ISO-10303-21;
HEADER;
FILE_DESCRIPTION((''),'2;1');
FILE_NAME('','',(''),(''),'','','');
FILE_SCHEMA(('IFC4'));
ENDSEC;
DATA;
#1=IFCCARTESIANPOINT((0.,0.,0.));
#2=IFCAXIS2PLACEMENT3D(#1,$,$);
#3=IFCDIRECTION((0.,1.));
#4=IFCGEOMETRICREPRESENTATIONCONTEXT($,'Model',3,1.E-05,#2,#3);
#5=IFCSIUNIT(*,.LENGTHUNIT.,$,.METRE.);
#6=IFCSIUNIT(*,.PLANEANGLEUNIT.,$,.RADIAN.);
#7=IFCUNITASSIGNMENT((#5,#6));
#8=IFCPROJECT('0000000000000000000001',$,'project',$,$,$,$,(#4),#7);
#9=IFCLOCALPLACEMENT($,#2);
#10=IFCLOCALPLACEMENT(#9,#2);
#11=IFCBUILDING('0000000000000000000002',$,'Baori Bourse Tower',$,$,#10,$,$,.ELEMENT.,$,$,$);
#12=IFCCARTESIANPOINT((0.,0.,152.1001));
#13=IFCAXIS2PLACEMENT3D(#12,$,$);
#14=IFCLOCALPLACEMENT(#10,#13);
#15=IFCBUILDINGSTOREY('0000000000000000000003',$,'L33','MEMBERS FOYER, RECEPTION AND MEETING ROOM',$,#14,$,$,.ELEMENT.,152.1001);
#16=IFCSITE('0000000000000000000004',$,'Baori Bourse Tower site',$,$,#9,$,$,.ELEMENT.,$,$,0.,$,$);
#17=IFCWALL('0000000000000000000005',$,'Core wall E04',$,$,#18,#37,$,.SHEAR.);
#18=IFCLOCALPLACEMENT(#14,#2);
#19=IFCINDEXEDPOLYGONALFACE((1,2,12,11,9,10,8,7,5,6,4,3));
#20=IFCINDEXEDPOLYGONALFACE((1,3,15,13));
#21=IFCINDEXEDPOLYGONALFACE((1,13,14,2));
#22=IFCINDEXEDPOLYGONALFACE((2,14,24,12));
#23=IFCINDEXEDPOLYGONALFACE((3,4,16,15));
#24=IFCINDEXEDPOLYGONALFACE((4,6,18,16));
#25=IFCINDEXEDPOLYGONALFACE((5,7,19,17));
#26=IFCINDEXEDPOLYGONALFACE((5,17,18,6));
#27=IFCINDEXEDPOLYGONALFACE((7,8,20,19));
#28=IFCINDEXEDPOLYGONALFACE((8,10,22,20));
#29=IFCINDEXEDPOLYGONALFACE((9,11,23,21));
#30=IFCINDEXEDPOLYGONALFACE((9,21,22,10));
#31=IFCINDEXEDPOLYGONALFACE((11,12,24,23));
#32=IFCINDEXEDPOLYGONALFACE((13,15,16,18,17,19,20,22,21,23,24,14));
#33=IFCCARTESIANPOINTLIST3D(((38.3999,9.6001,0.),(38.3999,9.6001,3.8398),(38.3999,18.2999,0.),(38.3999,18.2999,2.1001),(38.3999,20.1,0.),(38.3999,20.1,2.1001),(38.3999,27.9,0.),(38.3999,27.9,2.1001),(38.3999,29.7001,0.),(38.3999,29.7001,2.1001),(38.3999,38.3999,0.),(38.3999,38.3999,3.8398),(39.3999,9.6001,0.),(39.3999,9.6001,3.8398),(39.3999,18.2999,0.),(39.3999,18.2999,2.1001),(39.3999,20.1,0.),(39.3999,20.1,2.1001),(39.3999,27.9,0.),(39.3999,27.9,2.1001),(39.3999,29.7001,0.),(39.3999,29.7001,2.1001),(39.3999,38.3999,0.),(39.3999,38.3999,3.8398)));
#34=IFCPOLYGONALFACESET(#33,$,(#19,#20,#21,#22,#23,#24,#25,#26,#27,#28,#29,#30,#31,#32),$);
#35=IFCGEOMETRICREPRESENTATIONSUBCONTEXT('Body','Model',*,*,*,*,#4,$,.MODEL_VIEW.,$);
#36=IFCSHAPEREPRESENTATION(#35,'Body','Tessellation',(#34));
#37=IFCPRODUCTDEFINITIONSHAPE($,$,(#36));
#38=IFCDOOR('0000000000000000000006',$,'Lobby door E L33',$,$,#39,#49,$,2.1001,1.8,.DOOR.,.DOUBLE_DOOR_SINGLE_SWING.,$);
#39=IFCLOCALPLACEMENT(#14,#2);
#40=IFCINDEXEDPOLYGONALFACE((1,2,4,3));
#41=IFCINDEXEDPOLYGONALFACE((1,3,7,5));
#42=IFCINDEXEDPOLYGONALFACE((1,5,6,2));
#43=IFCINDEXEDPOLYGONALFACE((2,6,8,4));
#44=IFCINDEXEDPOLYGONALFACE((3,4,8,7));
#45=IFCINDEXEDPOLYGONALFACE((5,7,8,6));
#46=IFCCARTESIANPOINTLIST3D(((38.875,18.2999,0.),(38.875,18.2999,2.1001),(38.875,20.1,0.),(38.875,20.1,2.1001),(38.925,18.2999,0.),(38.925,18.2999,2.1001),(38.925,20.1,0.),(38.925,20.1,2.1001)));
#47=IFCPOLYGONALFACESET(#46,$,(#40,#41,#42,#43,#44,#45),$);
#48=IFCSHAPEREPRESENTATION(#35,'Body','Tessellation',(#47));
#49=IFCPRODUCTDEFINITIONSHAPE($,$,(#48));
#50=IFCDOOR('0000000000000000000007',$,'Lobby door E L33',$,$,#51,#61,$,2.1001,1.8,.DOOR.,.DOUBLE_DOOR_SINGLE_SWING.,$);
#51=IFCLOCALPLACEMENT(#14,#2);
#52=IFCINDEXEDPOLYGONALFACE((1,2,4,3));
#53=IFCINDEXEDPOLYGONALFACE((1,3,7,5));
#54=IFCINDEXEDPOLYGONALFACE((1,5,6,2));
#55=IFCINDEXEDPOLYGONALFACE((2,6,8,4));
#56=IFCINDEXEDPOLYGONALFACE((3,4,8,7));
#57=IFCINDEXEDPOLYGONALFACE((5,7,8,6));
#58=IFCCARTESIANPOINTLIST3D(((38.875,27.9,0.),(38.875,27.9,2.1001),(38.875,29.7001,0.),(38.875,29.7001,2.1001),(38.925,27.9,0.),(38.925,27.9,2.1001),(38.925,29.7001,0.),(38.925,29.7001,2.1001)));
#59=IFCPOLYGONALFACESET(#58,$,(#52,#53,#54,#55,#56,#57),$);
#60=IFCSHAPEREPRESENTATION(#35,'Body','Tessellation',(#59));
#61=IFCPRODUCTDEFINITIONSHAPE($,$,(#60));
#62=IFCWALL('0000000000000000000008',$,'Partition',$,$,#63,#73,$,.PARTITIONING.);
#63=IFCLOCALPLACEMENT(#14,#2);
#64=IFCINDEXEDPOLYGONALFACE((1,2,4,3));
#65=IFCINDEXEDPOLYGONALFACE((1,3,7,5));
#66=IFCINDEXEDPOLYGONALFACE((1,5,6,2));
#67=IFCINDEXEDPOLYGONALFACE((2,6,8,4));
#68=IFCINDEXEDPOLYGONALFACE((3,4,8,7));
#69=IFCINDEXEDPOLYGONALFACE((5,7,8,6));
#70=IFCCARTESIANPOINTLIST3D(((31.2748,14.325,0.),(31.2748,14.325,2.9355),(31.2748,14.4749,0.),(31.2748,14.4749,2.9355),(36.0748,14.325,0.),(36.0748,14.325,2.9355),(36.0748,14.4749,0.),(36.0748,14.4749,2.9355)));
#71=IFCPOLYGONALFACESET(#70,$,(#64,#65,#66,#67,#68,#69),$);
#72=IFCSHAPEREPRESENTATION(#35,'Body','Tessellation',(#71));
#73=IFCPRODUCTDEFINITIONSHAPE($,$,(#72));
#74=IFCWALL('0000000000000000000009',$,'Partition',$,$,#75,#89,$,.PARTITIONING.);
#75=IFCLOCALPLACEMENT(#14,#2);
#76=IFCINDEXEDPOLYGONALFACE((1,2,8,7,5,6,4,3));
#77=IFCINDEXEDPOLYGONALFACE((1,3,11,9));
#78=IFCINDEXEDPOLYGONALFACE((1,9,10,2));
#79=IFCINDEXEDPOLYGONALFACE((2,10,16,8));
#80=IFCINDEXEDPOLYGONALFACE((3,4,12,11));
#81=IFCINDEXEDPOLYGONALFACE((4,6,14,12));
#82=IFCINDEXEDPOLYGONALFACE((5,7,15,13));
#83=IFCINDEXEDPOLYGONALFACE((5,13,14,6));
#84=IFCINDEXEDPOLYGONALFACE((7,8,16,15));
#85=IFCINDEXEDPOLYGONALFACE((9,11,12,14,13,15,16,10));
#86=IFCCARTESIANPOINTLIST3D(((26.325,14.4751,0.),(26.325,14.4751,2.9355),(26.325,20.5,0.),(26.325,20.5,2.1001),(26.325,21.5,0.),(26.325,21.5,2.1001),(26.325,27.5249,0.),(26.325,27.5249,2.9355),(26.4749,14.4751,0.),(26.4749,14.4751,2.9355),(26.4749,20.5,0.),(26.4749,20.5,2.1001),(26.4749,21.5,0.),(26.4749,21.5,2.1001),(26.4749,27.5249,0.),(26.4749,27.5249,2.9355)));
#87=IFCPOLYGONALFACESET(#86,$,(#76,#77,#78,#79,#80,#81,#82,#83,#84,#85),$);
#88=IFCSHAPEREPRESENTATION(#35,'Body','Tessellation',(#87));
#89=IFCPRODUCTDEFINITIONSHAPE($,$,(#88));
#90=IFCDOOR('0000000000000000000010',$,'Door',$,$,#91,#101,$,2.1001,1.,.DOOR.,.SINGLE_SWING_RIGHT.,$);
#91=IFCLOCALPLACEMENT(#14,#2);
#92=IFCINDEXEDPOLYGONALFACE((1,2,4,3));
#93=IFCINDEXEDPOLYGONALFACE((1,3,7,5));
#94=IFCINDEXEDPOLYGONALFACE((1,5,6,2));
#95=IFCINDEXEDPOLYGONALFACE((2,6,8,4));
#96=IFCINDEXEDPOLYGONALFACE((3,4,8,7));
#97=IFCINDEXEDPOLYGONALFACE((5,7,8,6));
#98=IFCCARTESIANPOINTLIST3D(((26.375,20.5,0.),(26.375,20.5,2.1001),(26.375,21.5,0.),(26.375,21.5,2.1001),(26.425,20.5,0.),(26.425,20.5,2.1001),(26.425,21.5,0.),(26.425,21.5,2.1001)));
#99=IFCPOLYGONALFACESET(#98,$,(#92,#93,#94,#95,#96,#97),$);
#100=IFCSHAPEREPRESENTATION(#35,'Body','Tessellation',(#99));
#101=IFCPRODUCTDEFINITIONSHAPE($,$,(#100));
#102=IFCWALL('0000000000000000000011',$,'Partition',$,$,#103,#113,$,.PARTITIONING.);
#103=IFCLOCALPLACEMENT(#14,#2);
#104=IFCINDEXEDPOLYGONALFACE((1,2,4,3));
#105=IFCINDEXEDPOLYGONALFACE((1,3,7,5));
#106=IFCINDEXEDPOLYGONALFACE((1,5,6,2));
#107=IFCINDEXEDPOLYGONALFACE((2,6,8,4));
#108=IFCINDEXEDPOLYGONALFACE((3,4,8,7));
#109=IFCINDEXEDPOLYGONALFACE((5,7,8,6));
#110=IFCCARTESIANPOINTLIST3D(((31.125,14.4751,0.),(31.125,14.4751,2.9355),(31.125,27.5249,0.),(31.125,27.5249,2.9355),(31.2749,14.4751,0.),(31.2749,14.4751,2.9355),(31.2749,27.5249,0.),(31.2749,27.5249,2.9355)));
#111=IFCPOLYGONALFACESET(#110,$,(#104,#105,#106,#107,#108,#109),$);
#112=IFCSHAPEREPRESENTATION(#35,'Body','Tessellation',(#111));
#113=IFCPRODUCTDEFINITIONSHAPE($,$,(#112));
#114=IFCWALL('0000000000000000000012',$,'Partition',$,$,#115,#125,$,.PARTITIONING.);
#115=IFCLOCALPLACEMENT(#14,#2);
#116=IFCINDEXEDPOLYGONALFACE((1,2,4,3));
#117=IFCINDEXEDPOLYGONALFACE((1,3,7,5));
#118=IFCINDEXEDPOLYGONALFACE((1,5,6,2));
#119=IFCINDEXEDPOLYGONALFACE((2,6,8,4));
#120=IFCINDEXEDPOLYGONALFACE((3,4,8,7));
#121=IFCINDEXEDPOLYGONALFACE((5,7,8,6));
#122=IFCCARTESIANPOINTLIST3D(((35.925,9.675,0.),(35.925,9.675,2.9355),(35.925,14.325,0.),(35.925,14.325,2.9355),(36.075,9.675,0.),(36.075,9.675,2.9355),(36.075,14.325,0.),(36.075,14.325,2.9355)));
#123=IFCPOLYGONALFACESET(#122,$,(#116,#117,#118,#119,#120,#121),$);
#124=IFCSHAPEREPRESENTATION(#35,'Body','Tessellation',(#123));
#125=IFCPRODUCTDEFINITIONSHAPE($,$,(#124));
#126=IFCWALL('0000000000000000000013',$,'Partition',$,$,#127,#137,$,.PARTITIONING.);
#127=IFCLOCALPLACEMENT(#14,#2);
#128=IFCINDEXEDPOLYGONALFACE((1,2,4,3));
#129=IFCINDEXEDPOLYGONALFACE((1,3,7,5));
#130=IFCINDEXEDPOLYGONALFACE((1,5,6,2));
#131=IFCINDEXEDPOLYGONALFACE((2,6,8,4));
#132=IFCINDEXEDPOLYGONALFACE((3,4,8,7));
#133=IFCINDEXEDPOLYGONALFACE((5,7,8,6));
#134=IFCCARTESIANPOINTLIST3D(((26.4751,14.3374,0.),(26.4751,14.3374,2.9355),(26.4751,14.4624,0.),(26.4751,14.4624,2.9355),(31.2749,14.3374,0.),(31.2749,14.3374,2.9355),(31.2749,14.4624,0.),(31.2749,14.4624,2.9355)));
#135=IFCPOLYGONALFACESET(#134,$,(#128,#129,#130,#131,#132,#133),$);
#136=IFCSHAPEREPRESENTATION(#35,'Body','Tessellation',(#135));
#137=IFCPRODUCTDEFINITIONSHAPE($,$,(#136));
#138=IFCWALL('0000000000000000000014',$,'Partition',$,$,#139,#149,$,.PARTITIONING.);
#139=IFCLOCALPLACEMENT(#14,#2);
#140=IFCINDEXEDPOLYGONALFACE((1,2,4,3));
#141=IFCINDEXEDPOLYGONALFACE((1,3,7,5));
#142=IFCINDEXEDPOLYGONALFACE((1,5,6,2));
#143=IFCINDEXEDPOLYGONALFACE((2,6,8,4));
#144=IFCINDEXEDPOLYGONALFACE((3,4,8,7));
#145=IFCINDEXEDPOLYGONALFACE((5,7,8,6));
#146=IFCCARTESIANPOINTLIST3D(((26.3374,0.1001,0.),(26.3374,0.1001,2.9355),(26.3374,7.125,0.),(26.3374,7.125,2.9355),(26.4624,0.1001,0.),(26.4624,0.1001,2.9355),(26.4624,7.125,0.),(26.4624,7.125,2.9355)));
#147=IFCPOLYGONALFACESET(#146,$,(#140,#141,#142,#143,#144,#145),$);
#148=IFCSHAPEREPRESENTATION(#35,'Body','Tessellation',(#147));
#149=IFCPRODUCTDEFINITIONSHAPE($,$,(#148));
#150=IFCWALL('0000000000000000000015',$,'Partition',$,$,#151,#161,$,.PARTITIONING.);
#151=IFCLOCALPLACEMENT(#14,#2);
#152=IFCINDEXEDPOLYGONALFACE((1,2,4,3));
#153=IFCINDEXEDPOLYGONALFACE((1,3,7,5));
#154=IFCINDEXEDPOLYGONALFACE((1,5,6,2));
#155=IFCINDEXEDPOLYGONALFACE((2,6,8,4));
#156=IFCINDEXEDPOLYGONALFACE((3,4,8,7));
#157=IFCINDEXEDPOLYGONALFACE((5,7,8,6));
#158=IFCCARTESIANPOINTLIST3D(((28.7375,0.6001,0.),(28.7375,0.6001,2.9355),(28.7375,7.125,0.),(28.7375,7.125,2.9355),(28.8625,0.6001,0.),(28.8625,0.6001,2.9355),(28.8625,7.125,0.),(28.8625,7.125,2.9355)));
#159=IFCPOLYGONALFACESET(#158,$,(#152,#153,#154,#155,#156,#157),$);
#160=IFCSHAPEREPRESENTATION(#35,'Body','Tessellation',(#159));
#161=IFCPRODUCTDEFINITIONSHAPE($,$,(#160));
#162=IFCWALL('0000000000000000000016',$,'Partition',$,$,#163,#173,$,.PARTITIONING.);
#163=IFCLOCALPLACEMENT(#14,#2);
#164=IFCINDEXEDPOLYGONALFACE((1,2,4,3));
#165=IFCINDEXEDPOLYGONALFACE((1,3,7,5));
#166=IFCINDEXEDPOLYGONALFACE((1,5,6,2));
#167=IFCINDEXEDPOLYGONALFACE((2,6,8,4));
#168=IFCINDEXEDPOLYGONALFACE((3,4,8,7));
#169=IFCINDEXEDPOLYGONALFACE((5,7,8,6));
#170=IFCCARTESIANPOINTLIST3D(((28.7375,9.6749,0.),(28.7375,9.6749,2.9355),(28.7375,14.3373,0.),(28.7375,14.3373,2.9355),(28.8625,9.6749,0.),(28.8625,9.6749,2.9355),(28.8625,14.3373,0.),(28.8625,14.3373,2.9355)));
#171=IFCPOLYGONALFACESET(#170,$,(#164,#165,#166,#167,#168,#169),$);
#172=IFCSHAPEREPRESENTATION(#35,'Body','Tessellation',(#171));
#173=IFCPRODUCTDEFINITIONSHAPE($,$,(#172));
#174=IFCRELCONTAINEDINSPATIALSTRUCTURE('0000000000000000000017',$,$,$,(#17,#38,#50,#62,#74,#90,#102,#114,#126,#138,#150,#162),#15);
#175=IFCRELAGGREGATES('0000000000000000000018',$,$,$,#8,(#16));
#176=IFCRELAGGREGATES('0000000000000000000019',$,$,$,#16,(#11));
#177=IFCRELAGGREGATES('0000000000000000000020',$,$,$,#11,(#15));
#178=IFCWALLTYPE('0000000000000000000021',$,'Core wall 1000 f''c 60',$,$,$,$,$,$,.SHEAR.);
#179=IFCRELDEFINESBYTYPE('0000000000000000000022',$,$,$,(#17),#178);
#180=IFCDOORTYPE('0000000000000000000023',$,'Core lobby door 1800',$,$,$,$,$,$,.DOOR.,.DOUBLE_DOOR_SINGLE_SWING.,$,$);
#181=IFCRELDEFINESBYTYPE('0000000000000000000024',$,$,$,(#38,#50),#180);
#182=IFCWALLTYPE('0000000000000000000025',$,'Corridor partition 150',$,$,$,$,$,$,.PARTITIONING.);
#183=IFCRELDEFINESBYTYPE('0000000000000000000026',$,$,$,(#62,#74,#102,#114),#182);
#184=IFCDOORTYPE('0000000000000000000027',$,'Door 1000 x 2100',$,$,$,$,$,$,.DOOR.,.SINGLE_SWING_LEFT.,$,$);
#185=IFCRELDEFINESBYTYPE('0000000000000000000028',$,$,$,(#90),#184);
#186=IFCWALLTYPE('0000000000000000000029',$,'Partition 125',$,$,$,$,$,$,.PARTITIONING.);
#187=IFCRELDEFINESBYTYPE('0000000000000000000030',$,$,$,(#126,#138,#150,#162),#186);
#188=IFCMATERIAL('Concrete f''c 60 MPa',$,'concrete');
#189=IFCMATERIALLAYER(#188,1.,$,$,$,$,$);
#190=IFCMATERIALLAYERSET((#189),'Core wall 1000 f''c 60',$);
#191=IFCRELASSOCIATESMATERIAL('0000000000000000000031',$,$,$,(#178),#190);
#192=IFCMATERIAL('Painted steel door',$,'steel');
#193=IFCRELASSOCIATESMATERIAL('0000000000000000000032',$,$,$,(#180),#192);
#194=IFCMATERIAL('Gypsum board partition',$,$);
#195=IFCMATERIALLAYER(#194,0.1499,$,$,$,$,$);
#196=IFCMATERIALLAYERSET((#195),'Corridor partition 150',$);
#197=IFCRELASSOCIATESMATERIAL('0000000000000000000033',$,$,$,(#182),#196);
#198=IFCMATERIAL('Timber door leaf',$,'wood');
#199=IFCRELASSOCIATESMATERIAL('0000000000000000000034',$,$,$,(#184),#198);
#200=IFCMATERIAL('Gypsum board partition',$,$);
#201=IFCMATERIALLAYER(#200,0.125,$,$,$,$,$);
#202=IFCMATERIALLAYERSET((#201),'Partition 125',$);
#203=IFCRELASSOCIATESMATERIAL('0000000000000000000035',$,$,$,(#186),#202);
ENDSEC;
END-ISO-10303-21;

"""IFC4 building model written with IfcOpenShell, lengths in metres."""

from ifc_helpers import new_model, si_unit, direction, frame, frame_2d, origin, place, context, subcontext, project, spatial, rectangle, extrude, material, layer, layer_set, type_object, element, fill, save


model = new_model("IFC4")

# Units and contexts
model_context = context("Model", 3, precision=1e-05, world=origin(), true_north=direction((0.0, 1.0)))
body_context = subcontext(model_context, "Body", "Model", "MODEL_VIEW")
ifc_project = project(units=[si_unit("LENGTHUNIT", "METRE"), si_unit("PLANEANGLEUNIT", "RADIAN")], contexts=[model_context])

# Site, building, storey
site_placement = place(None, origin())
site = spatial("IfcSite", under=ifc_project, at=site_placement, Name="Baori Bourse Tower site", CompositionType="ELEMENT", RefElevation=0.0)
building_placement = place(site_placement, origin())
building = spatial("IfcBuilding", under=site, at=building_placement, Name="Baori Bourse Tower", CompositionType="ELEMENT")
storey_placement = place(building_placement, frame((0.0, 0.0, 152.1001)))
storey = spatial("IfcBuildingStorey", under=building, at=storey_placement, Name="L33", Description="MEMBERS FOYER, RECEPTION AND MEETING ROOM", CompositionType="ELEMENT", Elevation=152.1001)

# Wall, openings, doors
ifc_material_1 = material(Name="Concrete f'c 60 MPa", Category="concrete")
ifc_layer_1 = layer(ifc_material_1, 1.0)
ifc_layer_set_1 = layer_set([ifc_layer_1], Name="Core wall 1000 f'c 60")
wall_type_1 = type_object("IfcWallType", Name="Core wall 1000 f'c 60", PredefinedType="SHEAR", material=ifc_layer_set_1)
wall_1_placement = place(storey_placement, frame((38.8999, 9.6001, 0.0), z_axis=(0.0, 0.0, 1.0), x_axis=(0.0, 1.0, 0.0)))
wall_1 = element("IfcWall", 1, at=wall_1_placement, inside=storey, type_object=wall_type_1, Name="Core wall E04", PredefinedType="SHEAR", context=body_context, shape_type="SweptSolid", body=[
    extrude(rectangle(XDim=28.7998, YDim=1.0, at=frame_2d((14.3999, 0.0))), origin(), (0.0, 0.0, 1.0), 3.8398),
])
opening_1_placement = place(wall_1_placement, frame((8.7, 0.0, 0.0)))
opening_1 = element("IfcOpeningElement", 2, at=opening_1_placement, cuts=wall_1, PredefinedType="OPENING", context=body_context, shape_type="SweptSolid", body=[
    extrude(rectangle(XDim=1.8, YDim=2.1001, at=frame_2d((0.8999, 1.05))), frame((0.0, 0.51, 0.0), z_axis=(0.0, -1.0, 0.0), x_axis=(1.0, 0.0, 0.0)), (0.0, 0.0, 1.0), 1.02),
])
opening_2_placement = place(wall_1_placement, frame((18.3, 0.0, 0.0)))
opening_2 = element("IfcOpeningElement", 3, at=opening_2_placement, cuts=wall_1, PredefinedType="OPENING", context=body_context, shape_type="SweptSolid", body=[
    extrude(rectangle(XDim=1.8, YDim=2.1001, at=frame_2d((0.8999, 1.05))), frame((0.0, 0.51, 0.0), z_axis=(0.0, -1.0, 0.0), x_axis=(1.0, 0.0, 0.0)), (0.0, 0.0, 1.0), 1.02),
])
ifc_material_2 = material(Name="Painted steel door", Category="steel")
door_type_1 = type_object("IfcDoorType", Name="Core lobby door 1800", OperationType="DOUBLE_DOOR_SINGLE_SWING", PredefinedType="DOOR", material=ifc_material_2)
door_1_placement = place(opening_1_placement, origin())
door_1 = element("IfcDoor", 4, at=door_1_placement, inside=storey, type_object=door_type_1, Name="Lobby door E L33", OperationType="DOUBLE_DOOR_SINGLE_SWING", OverallHeight=2.1001, OverallWidth=1.8, PredefinedType="DOOR", context=body_context, shape_type="SweptSolid", body=[
    extrude(rectangle(XDim=1.8, YDim=2.1001, at=frame_2d((0.8999, 1.05))), frame((0.0, 0.0249, 0.0), z_axis=(0.0, -1.0, 0.0), x_axis=(1.0, 0.0, 0.0)), (0.0, 0.0, 1.0), 0.05),
])
fill(opening_1, door_1)
door_2_placement = place(opening_2_placement, origin())
door_2 = element("IfcDoor", 5, at=door_2_placement, inside=storey, type_object=door_type_1, Name="Lobby door E L33", OperationType="DOUBLE_DOOR_SINGLE_SWING", OverallHeight=2.1001, OverallWidth=1.8, PredefinedType="DOOR", context=body_context, shape_type="SweptSolid", body=[
    extrude(rectangle(XDim=1.8, YDim=2.1001, at=frame_2d((0.8999, 1.05))), frame((0.0, 0.0249, 0.0), z_axis=(0.0, -1.0, 0.0), x_axis=(1.0, 0.0, 0.0)), (0.0, 0.0, 1.0), 0.05),
])
fill(opening_2, door_2)

# Wall
ifc_material_3 = material(Name="Gypsum board partition")
ifc_layer_2 = layer(ifc_material_3, 0.1499)
ifc_layer_set_2 = layer_set([ifc_layer_2], Name="Corridor partition 150")
wall_type_2 = type_object("IfcWallType", Name="Corridor partition 150", PredefinedType="PARTITIONING", material=ifc_layer_set_2)
wall_2_placement = place(storey_placement, frame((31.2749, 14.3999, 0.0), z_axis=(0.0, 0.0, 1.0), x_axis=(1.0, 0.0, 0.0)))
element("IfcWall", 6, at=wall_2_placement, inside=storey, type_object=wall_type_2, Name="Partition", PredefinedType="PARTITIONING", context=body_context, shape_type="SweptSolid", body=[
    extrude(rectangle(XDim=4.8, YDim=0.1499, at=frame_2d((2.3999, 0.0))), origin(), (0.0, 0.0, 1.0), 2.9355),
])

# Wall, opening, door
wall_3_placement = place(storey_placement, frame((26.3999, 14.4751, 0.0), z_axis=(0.0, 0.0, 1.0), x_axis=(0.0, 1.0, 0.0)))
wall_3 = element("IfcWall", 7, at=wall_3_placement, inside=storey, type_object=wall_type_2, Name="Partition", PredefinedType="PARTITIONING", context=body_context, shape_type="SweptSolid", body=[
    extrude(rectangle(XDim=13.0498, YDim=0.1499, at=frame_2d((6.5249, 0.0))), origin(), (0.0, 0.0, 1.0), 2.9355),
])
opening_3_placement = place(wall_3_placement, frame((6.0249, 0.0, 0.0)))
opening_3 = element("IfcOpeningElement", 8, at=opening_3_placement, cuts=wall_3, PredefinedType="OPENING", context=body_context, shape_type="SweptSolid", body=[
    extrude(rectangle(XDim=1.0, YDim=2.1001, at=frame_2d((0.5, 1.05))), frame((0.0, 0.085, 0.0), z_axis=(0.0, -1.0, 0.0), x_axis=(1.0, 0.0, 0.0)), (0.0, 0.0, 1.0), 0.1699),
])
ifc_material_4 = material(Name="Timber door leaf", Category="wood")
door_type_2 = type_object("IfcDoorType", Name="Door 1000 x 2100", OperationType="SINGLE_SWING_LEFT", PredefinedType="DOOR", material=ifc_material_4)
door_3_placement = place(opening_3_placement, origin())
door_3 = element("IfcDoor", 9, at=door_3_placement, inside=storey, type_object=door_type_2, Name="Door", OperationType="SINGLE_SWING_RIGHT", OverallHeight=2.1001, OverallWidth=1.0, PredefinedType="DOOR", context=body_context, shape_type="SweptSolid", body=[
    extrude(rectangle(XDim=1.0, YDim=2.1001, at=frame_2d((0.5, 1.05))), frame((0.0, 0.0249, 0.0), z_axis=(0.0, -1.0, 0.0), x_axis=(1.0, 0.0, 0.0)), (0.0, 0.0, 1.0), 0.05),
])
fill(opening_3, door_3)

# Walls
wall_4_placement = place(storey_placement, frame((31.2, 14.4751, 0.0), z_axis=(0.0, 0.0, 1.0), x_axis=(0.0, 1.0, 0.0)))
element("IfcWall", 10, at=wall_4_placement, inside=storey, type_object=wall_type_2, Name="Partition", PredefinedType="PARTITIONING", context=body_context, shape_type="SweptSolid", body=[
    extrude(rectangle(XDim=13.0498, YDim=0.1499, at=frame_2d((6.5249, 0.0))), origin(), (0.0, 0.0, 1.0), 2.9355),
])
wall_5_placement = place(storey_placement, frame((36.0, 9.675, 0.0), z_axis=(0.0, 0.0, 1.0), x_axis=(0.0, 1.0, 0.0)))
element("IfcWall", 11, at=wall_5_placement, inside=storey, type_object=wall_type_2, Name="Partition", PredefinedType="PARTITIONING", context=body_context, shape_type="SweptSolid", body=[
    extrude(rectangle(XDim=4.6499, YDim=0.1499, at=frame_2d((2.325, 0.0))), origin(), (0.0, 0.0, 1.0), 2.9355),
])
ifc_material_5 = material(Name="Gypsum board partition")
ifc_layer_3 = layer(ifc_material_5, 0.125)
ifc_layer_set_3 = layer_set([ifc_layer_3], Name="Partition 125")
wall_type_3 = type_object("IfcWallType", Name="Partition 125", PredefinedType="PARTITIONING", material=ifc_layer_set_3)
wall_6_placement = place(storey_placement, frame((26.4751, 14.3999, 0.0), z_axis=(0.0, 0.0, 1.0), x_axis=(1.0, 0.0, 0.0)))
element("IfcWall", 12, at=wall_6_placement, inside=storey, type_object=wall_type_3, Name="Partition", PredefinedType="PARTITIONING", context=body_context, shape_type="SweptSolid", body=[
    extrude(rectangle(XDim=4.7998, YDim=0.125, at=frame_2d((2.3999, 0.0))), origin(), (0.0, 0.0, 1.0), 2.9355),
])
wall_7_placement = place(storey_placement, frame((26.3999, 0.1001, 0.0), z_axis=(0.0, 0.0, 1.0), x_axis=(0.0, 1.0, 0.0)))
element("IfcWall", 13, at=wall_7_placement, inside=storey, type_object=wall_type_3, Name="Partition", PredefinedType="PARTITIONING", context=body_context, shape_type="SweptSolid", body=[
    extrude(rectangle(XDim=7.0249, YDim=0.125, at=frame_2d((3.5125, 0.0))), origin(), (0.0, 0.0, 1.0), 2.9355),
])
wall_8_placement = place(storey_placement, frame((28.8, 0.6001, 0.0), z_axis=(0.0, 0.0, 1.0), x_axis=(0.0, 1.0, 0.0)))
element("IfcWall", 14, at=wall_8_placement, inside=storey, type_object=wall_type_3, Name="Partition", PredefinedType="PARTITIONING", context=body_context, shape_type="SweptSolid", body=[
    extrude(rectangle(XDim=6.5249, YDim=0.125, at=frame_2d((3.2625, 0.0))), origin(), (0.0, 0.0, 1.0), 2.9355),
])
wall_9_placement = place(storey_placement, frame((28.8, 9.675, 0.0), z_axis=(0.0, 0.0, 1.0), x_axis=(0.0, 1.0, 0.0)))
element("IfcWall", 15, at=wall_9_placement, inside=storey, type_object=wall_type_3, Name="Partition", PredefinedType="PARTITIONING", context=body_context, shape_type="SweptSolid", body=[
    extrude(rectangle(XDim=4.6624, YDim=0.125, at=frame_2d((2.3311, 0.0))), origin(), (0.0, 0.0, 1.0), 2.9355),
])

save(model, "model.ifc")
